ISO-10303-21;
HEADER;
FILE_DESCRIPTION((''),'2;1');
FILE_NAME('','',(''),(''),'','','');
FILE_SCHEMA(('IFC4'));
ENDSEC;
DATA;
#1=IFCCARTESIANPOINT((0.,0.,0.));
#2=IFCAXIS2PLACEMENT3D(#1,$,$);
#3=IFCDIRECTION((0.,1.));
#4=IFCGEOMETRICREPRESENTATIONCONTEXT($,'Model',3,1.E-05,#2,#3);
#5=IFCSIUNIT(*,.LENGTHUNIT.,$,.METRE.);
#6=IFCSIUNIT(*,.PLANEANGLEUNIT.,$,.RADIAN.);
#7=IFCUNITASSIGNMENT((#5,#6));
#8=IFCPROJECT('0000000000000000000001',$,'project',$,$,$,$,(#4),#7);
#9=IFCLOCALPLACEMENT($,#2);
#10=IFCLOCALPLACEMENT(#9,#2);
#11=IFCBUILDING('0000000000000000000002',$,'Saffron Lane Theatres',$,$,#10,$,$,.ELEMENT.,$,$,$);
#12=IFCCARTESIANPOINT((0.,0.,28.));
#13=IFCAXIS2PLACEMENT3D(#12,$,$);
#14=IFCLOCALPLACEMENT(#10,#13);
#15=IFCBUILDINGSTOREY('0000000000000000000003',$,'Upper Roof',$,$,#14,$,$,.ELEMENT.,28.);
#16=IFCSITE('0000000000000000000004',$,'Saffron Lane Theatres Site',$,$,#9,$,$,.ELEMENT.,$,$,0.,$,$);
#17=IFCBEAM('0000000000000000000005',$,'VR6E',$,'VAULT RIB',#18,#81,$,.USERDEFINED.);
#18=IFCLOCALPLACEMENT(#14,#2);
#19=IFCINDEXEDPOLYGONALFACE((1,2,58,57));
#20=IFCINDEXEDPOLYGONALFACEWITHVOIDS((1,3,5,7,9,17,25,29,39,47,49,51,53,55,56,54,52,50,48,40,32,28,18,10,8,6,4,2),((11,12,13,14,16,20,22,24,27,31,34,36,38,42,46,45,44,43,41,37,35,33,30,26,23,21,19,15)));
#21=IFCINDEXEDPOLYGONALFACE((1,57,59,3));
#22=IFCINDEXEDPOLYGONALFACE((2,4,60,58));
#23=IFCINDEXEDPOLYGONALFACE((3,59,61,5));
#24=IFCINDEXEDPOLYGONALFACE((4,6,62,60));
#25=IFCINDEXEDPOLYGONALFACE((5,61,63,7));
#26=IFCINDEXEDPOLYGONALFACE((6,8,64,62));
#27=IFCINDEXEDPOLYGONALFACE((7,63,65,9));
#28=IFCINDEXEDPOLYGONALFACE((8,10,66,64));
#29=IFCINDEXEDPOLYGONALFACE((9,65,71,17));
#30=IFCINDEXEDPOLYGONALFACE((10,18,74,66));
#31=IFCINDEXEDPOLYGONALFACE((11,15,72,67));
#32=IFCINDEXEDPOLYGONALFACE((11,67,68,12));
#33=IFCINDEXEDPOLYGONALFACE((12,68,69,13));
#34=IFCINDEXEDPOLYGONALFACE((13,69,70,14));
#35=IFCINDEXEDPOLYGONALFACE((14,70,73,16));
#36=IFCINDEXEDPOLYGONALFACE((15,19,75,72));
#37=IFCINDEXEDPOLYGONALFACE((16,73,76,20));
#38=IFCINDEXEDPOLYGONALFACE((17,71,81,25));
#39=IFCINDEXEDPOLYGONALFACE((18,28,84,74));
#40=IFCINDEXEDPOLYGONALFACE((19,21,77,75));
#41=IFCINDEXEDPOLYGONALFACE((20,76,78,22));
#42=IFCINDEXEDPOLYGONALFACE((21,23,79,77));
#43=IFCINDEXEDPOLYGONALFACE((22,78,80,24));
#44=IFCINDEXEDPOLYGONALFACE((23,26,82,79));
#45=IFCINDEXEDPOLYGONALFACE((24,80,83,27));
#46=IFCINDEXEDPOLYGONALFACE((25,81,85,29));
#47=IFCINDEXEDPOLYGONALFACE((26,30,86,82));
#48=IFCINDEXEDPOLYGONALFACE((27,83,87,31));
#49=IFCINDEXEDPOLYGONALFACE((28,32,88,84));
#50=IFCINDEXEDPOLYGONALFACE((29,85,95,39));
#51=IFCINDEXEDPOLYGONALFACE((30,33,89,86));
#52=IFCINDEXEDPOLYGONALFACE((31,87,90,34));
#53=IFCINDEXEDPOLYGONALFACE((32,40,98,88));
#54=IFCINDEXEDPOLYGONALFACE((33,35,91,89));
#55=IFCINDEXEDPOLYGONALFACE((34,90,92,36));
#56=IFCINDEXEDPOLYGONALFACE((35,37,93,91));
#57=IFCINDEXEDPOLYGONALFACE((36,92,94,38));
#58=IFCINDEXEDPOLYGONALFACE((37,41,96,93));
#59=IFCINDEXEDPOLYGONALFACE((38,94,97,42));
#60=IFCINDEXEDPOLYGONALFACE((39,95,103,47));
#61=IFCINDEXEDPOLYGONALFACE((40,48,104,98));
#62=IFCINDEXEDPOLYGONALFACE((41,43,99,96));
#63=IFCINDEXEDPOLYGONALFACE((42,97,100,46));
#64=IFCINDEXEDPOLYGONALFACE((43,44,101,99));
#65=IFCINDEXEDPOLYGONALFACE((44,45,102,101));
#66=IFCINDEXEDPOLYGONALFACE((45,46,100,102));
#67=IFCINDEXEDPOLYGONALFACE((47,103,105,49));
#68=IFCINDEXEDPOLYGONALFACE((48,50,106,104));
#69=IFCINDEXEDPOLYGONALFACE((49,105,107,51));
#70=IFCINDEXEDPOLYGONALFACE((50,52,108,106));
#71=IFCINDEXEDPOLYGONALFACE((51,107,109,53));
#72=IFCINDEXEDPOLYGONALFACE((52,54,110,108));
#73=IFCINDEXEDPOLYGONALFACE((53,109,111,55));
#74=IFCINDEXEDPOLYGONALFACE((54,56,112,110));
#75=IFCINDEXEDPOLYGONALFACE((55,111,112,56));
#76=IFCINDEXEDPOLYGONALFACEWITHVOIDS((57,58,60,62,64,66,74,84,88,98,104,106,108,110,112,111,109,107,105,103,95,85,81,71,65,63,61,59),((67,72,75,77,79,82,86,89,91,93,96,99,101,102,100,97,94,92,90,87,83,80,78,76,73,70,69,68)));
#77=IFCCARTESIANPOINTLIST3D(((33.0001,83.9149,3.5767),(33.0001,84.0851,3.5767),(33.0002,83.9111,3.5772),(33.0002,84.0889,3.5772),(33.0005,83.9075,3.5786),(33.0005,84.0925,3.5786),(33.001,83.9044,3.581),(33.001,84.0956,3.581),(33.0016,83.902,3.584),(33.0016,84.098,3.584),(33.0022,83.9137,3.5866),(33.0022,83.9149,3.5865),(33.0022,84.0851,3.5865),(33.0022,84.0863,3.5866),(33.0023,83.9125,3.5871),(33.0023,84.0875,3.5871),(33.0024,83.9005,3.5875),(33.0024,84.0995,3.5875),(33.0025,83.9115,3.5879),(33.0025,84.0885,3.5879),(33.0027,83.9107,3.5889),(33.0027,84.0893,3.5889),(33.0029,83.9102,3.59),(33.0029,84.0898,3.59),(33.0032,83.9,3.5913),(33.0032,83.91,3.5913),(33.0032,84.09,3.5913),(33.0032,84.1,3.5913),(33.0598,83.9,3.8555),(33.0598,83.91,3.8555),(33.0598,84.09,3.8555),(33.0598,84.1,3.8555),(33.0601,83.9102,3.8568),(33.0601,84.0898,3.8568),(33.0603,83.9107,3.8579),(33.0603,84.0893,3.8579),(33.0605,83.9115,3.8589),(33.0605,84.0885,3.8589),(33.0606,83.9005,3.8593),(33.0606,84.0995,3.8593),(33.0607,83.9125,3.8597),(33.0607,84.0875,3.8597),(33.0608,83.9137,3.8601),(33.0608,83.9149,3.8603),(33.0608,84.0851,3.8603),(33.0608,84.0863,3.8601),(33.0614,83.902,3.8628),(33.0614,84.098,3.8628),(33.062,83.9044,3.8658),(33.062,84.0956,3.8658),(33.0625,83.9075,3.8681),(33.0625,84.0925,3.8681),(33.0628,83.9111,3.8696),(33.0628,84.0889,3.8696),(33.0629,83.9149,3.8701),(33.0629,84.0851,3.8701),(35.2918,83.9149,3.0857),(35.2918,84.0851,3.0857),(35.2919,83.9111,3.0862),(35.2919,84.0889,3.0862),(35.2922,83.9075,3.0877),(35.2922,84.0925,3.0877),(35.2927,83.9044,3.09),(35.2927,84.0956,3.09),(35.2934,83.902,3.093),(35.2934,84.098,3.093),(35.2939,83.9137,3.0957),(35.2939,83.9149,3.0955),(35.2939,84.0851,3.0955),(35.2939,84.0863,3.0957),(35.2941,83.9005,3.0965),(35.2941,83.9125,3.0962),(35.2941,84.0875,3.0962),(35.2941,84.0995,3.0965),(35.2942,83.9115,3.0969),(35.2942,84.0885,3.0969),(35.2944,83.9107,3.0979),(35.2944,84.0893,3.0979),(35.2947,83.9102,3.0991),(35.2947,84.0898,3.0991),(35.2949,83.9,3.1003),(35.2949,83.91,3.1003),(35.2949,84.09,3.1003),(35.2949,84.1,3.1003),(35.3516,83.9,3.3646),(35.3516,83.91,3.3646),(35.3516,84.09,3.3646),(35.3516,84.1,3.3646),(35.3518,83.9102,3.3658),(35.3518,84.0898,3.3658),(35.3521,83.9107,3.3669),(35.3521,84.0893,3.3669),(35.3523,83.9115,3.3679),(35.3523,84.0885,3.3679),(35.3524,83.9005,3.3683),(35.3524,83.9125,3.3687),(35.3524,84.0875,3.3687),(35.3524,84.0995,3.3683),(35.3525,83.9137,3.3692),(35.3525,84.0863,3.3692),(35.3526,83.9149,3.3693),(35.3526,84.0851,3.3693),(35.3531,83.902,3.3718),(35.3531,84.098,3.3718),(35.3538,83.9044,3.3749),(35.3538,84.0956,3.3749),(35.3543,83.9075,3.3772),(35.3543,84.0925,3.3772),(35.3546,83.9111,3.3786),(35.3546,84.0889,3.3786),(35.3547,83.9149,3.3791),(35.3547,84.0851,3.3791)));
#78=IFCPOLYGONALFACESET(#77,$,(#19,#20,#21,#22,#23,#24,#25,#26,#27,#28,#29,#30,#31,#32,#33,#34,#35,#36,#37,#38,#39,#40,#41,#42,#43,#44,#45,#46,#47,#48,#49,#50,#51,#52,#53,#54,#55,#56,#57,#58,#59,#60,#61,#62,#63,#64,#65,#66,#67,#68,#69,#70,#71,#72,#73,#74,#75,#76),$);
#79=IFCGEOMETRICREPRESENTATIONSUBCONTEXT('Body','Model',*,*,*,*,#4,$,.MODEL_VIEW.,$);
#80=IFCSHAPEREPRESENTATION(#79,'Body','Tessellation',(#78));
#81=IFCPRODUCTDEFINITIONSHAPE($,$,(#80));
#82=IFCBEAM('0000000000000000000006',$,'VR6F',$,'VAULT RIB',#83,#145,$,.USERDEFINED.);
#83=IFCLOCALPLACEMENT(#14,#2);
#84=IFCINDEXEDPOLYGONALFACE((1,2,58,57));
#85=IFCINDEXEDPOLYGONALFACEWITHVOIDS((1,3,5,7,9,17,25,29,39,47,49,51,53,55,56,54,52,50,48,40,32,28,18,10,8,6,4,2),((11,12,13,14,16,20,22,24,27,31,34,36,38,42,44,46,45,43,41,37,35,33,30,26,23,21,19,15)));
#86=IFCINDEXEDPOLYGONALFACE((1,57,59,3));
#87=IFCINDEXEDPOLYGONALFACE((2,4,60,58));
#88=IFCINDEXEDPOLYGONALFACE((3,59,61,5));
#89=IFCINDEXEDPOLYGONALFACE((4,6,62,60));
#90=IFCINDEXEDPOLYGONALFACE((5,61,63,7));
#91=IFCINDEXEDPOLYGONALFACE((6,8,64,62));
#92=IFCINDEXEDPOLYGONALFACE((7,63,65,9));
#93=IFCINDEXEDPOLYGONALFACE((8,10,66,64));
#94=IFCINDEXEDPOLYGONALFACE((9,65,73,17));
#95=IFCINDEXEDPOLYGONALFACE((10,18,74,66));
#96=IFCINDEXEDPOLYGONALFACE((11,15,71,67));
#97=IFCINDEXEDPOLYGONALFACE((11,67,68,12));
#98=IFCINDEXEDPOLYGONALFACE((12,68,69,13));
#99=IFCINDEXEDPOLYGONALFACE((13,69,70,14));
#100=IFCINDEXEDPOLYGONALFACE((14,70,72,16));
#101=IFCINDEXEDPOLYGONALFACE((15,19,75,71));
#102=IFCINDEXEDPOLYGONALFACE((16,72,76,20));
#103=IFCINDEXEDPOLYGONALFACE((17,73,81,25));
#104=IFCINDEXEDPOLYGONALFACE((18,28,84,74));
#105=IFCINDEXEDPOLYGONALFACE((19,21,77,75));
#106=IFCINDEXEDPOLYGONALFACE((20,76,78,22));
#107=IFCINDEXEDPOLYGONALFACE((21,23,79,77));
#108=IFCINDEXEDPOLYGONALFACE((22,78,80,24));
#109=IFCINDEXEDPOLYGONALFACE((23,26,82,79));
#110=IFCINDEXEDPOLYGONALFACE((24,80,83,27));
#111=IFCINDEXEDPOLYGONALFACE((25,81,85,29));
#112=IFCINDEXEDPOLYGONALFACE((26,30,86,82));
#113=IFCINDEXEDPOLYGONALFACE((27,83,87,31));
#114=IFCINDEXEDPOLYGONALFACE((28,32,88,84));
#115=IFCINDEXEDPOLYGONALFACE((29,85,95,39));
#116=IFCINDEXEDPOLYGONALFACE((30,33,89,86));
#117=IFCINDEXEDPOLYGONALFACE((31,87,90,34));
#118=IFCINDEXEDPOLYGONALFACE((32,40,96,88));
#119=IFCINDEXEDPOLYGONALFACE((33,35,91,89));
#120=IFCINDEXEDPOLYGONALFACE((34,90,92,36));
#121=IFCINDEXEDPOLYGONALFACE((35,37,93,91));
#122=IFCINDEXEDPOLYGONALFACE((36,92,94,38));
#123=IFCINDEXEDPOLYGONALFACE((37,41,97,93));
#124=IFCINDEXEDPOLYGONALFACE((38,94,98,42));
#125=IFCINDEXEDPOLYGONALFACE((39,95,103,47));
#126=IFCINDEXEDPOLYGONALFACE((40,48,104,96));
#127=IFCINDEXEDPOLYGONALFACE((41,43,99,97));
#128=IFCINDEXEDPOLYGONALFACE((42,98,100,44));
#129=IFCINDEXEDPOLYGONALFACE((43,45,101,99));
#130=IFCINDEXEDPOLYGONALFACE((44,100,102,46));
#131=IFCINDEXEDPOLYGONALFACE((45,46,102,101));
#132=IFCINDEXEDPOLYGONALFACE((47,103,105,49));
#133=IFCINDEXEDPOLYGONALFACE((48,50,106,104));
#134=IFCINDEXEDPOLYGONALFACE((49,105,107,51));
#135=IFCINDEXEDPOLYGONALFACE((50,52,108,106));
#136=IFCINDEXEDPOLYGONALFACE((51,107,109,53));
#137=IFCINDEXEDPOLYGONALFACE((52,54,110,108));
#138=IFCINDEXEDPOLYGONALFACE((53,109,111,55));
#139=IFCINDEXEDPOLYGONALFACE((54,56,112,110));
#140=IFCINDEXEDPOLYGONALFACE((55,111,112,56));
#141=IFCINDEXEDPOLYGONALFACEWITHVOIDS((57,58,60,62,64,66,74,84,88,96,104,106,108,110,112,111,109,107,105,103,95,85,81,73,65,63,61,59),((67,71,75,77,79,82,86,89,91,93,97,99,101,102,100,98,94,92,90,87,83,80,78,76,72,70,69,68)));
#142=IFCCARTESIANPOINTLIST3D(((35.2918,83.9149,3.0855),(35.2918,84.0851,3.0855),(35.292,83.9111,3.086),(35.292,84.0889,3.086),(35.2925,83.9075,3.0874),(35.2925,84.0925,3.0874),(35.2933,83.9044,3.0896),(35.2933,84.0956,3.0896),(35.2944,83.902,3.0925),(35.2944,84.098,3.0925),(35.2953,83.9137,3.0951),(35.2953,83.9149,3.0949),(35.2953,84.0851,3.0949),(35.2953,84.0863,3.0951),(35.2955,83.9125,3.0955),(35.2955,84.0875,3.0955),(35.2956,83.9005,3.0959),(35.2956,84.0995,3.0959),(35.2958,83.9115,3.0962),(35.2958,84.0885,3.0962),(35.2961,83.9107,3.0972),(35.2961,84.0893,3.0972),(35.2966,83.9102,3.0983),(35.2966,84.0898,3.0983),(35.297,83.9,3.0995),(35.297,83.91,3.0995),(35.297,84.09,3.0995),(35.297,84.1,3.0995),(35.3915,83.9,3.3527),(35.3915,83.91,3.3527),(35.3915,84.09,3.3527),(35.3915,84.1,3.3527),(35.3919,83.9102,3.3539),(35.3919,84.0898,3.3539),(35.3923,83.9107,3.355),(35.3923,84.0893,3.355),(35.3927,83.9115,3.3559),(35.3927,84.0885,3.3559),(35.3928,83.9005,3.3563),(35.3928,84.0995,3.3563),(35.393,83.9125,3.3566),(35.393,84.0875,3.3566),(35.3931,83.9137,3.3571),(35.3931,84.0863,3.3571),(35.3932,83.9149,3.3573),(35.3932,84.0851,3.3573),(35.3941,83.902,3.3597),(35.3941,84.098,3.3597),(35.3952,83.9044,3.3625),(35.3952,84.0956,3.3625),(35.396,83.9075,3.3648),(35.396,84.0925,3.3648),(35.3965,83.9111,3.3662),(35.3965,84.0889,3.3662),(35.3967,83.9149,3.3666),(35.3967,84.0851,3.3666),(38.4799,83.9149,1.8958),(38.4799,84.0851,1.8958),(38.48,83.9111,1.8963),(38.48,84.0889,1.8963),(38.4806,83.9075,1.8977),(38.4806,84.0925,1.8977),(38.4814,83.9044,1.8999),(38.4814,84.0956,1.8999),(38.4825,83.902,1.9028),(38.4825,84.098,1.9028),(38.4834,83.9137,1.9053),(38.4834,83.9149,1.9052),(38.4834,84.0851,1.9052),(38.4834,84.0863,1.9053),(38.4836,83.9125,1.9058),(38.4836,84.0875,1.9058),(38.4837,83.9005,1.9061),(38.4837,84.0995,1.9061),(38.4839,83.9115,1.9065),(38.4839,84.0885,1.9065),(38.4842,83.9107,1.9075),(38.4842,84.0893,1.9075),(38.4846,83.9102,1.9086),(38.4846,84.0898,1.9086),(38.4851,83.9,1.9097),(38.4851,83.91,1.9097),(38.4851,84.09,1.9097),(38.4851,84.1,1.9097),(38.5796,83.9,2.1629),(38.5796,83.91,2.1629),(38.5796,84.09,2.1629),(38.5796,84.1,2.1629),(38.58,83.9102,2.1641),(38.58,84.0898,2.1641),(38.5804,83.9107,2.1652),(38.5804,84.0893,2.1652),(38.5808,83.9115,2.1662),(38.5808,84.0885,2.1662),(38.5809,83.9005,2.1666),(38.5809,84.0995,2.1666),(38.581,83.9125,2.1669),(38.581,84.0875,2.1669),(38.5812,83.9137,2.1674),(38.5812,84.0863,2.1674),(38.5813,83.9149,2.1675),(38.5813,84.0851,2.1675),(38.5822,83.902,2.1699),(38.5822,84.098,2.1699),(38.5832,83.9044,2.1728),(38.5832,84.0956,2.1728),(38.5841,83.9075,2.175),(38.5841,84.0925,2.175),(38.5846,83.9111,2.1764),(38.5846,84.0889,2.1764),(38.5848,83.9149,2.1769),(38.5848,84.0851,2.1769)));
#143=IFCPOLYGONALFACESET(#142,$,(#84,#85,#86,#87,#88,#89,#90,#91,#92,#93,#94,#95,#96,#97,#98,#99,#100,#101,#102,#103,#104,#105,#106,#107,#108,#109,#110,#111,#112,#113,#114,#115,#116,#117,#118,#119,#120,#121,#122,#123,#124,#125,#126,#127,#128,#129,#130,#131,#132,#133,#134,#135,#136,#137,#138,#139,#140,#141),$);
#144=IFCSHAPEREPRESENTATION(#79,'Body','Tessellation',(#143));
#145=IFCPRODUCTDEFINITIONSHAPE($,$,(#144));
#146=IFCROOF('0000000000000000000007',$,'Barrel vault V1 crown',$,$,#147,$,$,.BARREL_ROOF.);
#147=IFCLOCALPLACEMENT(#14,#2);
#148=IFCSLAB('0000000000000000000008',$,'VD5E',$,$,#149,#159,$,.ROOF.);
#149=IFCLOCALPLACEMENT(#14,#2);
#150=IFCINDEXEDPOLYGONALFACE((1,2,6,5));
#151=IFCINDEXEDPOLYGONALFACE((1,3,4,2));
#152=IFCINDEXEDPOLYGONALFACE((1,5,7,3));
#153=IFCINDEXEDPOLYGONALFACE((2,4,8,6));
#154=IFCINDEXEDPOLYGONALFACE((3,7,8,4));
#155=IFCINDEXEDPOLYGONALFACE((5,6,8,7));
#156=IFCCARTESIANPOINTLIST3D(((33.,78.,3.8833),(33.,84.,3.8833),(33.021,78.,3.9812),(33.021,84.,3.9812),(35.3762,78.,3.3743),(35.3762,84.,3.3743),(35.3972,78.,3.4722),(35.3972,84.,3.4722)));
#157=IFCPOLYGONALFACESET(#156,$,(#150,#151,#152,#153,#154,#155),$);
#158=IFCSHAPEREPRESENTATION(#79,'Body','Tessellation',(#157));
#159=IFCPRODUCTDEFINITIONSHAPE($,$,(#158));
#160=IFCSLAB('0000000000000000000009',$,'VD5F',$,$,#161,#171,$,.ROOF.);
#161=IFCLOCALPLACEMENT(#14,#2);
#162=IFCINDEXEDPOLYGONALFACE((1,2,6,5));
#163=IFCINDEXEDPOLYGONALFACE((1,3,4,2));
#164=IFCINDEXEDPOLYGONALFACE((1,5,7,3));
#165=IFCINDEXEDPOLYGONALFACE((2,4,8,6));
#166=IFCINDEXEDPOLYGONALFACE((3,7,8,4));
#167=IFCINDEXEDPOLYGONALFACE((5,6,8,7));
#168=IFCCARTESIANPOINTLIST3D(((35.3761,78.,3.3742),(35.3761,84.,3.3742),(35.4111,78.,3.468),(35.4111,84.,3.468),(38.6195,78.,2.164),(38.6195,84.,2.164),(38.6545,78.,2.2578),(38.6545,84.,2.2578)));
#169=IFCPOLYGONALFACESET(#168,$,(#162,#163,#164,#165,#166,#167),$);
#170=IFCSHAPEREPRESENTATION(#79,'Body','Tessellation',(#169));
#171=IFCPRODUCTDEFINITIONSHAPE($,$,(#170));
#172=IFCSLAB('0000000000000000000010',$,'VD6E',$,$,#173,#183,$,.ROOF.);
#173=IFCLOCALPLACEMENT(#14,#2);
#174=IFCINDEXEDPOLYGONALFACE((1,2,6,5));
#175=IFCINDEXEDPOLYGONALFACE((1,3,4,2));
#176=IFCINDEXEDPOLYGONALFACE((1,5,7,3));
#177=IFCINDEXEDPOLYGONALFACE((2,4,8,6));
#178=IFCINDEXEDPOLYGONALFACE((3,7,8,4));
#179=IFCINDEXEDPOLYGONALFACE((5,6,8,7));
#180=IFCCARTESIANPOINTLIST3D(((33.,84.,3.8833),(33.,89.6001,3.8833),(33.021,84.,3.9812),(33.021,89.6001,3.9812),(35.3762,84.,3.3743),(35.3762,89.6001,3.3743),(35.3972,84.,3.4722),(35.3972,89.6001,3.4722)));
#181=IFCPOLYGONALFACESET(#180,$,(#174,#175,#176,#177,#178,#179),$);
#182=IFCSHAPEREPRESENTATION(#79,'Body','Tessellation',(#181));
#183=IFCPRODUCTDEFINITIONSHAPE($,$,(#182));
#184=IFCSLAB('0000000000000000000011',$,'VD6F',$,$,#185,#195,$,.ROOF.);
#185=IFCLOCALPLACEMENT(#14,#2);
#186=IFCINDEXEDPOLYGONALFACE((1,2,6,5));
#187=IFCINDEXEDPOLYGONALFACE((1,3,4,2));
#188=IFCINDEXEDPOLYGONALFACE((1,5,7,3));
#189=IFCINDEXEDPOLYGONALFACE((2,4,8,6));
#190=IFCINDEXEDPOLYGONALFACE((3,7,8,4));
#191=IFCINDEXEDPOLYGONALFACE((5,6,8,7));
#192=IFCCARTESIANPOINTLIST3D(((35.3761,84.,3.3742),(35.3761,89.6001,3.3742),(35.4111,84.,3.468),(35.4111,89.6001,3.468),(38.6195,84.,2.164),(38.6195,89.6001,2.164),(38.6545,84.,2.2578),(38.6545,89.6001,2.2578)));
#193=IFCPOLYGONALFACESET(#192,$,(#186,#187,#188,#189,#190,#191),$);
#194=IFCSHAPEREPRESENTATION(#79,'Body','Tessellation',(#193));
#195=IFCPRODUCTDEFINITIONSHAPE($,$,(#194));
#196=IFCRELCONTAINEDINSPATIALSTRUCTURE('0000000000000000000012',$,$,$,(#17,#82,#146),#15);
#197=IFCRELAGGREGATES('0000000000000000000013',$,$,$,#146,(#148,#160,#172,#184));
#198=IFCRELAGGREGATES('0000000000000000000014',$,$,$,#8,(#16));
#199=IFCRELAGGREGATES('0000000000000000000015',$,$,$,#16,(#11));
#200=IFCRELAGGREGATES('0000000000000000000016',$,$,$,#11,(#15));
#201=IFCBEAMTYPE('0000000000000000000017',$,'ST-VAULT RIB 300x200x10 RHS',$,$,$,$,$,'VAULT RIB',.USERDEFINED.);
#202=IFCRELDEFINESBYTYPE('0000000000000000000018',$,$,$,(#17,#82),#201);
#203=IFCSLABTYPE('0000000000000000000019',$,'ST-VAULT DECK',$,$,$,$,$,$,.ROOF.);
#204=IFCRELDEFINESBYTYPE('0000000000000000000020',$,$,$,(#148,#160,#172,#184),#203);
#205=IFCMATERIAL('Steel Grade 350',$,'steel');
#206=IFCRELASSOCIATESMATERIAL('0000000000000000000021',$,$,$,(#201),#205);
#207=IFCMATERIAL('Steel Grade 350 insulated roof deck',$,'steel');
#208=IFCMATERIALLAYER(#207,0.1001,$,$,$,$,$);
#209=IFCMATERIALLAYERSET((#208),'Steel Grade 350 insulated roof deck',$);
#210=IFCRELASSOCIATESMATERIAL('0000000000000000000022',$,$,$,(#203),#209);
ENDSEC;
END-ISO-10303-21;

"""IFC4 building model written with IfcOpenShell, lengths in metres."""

from ifc_helpers import new_model, si_unit, direction, frame, origin, origin_2d, place, context, subcontext, project, spatial, polyline, hollow_rectangle, outline, extrude, material, layer, layer_set, material_profile, profile_set, type_object, element, aggregate, save


model = new_model("IFC4")

# Units and contexts
model_context = context("Model", 3, precision=1e-05, world=origin(), true_north=direction((0.0, 1.0)))
body_context = subcontext(model_context, "Body", "Model", "MODEL_VIEW")
ifc_project = project(units=[si_unit("LENGTHUNIT", "METRE"), si_unit("PLANEANGLEUNIT", "RADIAN")], contexts=[model_context])

# Site, building, storey
site_placement = place(None, origin())
site = spatial("IfcSite", under=ifc_project, at=site_placement, Name="Saffron Lane Theatres Site", CompositionType="ELEMENT", RefElevation=0.0)
building_placement = place(site_placement, origin())
building = spatial("IfcBuilding", under=site, at=building_placement, Name="Saffron Lane Theatres", CompositionType="ELEMENT")
storey_placement = place(building_placement, frame((0.0, 0.0, 28.0)))
storey = spatial("IfcBuildingStorey", under=building, at=storey_placement, Name="Upper Roof", CompositionType="ELEMENT", Elevation=28.0)

# Beams
ifc_material_1 = material(Name="Steel Grade 350", Category="steel")
ifc_material_profile_1 = material_profile(ifc_material_1, hollow_rectangle(XDim=0.2, YDim=0.3, WallThickness=0.01, InnerFilletRadius=0.0049, OuterFilletRadius=0.0149, at=origin_2d()))
ifc_profile_set_1 = profile_set([ifc_material_profile_1], Name="Steel Grade 350")
beam_type = type_object("IfcBeamType", Name="ST-VAULT RIB 300x200x10 RHS", ElementType="VAULT RIB", PredefinedType="USERDEFINED", material=ifc_profile_set_1)
beam_1_placement = place(storey_placement, frame((33.0315, 84.0, 3.7234), z_axis=(0.977813, 0.0, -0.209479), x_axis=(0.0, 1.0, 0.0)))
element("IfcBeam", 1, at=beam_1_placement, inside=storey, type_object=beam_type, Name="VR6E", ObjectType="VAULT RIB", PredefinedType="USERDEFINED", context=body_context, shape_type="SweptSolid", body=[
    extrude(hollow_rectangle(XDim=0.2, YDim=0.3, WallThickness=0.01, InnerFilletRadius=0.0049, OuterFilletRadius=0.0149, at=origin_2d()), origin(), (0.0, 0.0, 1.0), 2.3438),
])
beam_2_placement = place(storey_placement, frame((35.3442, 84.0, 3.2261), z_axis=(0.936888, 0.0, -0.349629), x_axis=(0.0, 1.0, 0.0)))
element("IfcBeam", 2, at=beam_2_placement, inside=storey, type_object=beam_type, Name="VR6F", ObjectType="VAULT RIB", PredefinedType="USERDEFINED", context=body_context, shape_type="SweptSolid", body=[
    extrude(hollow_rectangle(XDim=0.2, YDim=0.3, WallThickness=0.01, InnerFilletRadius=0.0049, OuterFilletRadius=0.0149, at=origin_2d()), origin(), (0.0, 0.0, 1.0), 3.4028),
])

# Roof, slabs
roof_placement = place(storey_placement, origin())
roof = element("IfcRoof", 3, at=roof_placement, inside=storey, Name="Barrel vault V1 crown", PredefinedType="BARREL_ROOF")
ifc_material_2 = material(Name="Steel Grade 350 insulated roof deck", Category="steel")
ifc_layer_1 = layer(ifc_material_2, 0.1001)
ifc_layer_set_1 = layer_set([ifc_layer_1], Name="Steel Grade 350 insulated roof deck")
slab_type = type_object("IfcSlabType", Name="ST-VAULT DECK", PredefinedType="ROOF", material=ifc_layer_set_1)
slab_1_placement = place(storey_placement, frame((33.021, 78.0, 3.9812), z_axis=(0.209467, 0.0, 0.977816), x_axis=(0.977816, 0.0, -0.209467)))
slab_1 = element("IfcSlab", 4, at=slab_1_placement, type_object=slab_type, Name="VD5E", PredefinedType="ROOF", context=body_context, shape_type="SweptSolid", body=[
    extrude(outline(polyline([(0.0, 0.0), (2.4301, 0.0), (2.4301, 6.0), (0.0, 6.0), (0.0, 0.0)])), origin(), (0.0, 0.0, -1.0), 0.1001),
])
slab_2_placement = place(storey_placement, frame((35.4111, 78.0, 3.468), z_axis=(0.349585, 0.0, 0.936905), x_axis=(0.936905, 0.0, -0.349585)))
slab_2 = element("IfcSlab", 5, at=slab_2_placement, type_object=slab_type, Name="VD5F", PredefinedType="ROOF", context=body_context, shape_type="SweptSolid", body=[
    extrude(outline(polyline([(0.0, 0.0), (3.4618, 0.0), (3.4618, 6.0), (0.0, 6.0), (0.0, 0.0)])), origin(), (0.0, 0.0, -1.0), 0.1001),
])
slab_3_placement = place(storey_placement, frame((33.021, 84.0, 3.9812), z_axis=(0.209467, 0.0, 0.977816), x_axis=(0.977816, 0.0, -0.209467)))
slab_3 = element("IfcSlab", 6, at=slab_3_placement, type_object=slab_type, Name="VD6E", PredefinedType="ROOF", context=body_context, shape_type="SweptSolid", body=[
    extrude(outline(polyline([(0.0, 0.0), (2.4301, 0.0), (2.4301, 5.6001), (0.0, 5.6001), (0.0, 0.0)])), origin(), (0.0, 0.0, -1.0), 0.1001),
])
slab_4_placement = place(storey_placement, frame((35.4111, 84.0, 3.468), z_axis=(0.349585, 0.0, 0.936905), x_axis=(0.936905, 0.0, -0.349585)))
slab_4 = element("IfcSlab", 7, at=slab_4_placement, type_object=slab_type, Name="VD6F", PredefinedType="ROOF", context=body_context, shape_type="SweptSolid", body=[
    extrude(outline(polyline([(0.0, 0.0), (3.4618, 0.0), (3.4618, 5.6001), (0.0, 5.6001), (0.0, 0.0)])), origin(), (0.0, 0.0, -1.0), 0.1001),
])
aggregate(roof, [slab_1, slab_2, slab_3, slab_4])

save(model, "model.ifc")
